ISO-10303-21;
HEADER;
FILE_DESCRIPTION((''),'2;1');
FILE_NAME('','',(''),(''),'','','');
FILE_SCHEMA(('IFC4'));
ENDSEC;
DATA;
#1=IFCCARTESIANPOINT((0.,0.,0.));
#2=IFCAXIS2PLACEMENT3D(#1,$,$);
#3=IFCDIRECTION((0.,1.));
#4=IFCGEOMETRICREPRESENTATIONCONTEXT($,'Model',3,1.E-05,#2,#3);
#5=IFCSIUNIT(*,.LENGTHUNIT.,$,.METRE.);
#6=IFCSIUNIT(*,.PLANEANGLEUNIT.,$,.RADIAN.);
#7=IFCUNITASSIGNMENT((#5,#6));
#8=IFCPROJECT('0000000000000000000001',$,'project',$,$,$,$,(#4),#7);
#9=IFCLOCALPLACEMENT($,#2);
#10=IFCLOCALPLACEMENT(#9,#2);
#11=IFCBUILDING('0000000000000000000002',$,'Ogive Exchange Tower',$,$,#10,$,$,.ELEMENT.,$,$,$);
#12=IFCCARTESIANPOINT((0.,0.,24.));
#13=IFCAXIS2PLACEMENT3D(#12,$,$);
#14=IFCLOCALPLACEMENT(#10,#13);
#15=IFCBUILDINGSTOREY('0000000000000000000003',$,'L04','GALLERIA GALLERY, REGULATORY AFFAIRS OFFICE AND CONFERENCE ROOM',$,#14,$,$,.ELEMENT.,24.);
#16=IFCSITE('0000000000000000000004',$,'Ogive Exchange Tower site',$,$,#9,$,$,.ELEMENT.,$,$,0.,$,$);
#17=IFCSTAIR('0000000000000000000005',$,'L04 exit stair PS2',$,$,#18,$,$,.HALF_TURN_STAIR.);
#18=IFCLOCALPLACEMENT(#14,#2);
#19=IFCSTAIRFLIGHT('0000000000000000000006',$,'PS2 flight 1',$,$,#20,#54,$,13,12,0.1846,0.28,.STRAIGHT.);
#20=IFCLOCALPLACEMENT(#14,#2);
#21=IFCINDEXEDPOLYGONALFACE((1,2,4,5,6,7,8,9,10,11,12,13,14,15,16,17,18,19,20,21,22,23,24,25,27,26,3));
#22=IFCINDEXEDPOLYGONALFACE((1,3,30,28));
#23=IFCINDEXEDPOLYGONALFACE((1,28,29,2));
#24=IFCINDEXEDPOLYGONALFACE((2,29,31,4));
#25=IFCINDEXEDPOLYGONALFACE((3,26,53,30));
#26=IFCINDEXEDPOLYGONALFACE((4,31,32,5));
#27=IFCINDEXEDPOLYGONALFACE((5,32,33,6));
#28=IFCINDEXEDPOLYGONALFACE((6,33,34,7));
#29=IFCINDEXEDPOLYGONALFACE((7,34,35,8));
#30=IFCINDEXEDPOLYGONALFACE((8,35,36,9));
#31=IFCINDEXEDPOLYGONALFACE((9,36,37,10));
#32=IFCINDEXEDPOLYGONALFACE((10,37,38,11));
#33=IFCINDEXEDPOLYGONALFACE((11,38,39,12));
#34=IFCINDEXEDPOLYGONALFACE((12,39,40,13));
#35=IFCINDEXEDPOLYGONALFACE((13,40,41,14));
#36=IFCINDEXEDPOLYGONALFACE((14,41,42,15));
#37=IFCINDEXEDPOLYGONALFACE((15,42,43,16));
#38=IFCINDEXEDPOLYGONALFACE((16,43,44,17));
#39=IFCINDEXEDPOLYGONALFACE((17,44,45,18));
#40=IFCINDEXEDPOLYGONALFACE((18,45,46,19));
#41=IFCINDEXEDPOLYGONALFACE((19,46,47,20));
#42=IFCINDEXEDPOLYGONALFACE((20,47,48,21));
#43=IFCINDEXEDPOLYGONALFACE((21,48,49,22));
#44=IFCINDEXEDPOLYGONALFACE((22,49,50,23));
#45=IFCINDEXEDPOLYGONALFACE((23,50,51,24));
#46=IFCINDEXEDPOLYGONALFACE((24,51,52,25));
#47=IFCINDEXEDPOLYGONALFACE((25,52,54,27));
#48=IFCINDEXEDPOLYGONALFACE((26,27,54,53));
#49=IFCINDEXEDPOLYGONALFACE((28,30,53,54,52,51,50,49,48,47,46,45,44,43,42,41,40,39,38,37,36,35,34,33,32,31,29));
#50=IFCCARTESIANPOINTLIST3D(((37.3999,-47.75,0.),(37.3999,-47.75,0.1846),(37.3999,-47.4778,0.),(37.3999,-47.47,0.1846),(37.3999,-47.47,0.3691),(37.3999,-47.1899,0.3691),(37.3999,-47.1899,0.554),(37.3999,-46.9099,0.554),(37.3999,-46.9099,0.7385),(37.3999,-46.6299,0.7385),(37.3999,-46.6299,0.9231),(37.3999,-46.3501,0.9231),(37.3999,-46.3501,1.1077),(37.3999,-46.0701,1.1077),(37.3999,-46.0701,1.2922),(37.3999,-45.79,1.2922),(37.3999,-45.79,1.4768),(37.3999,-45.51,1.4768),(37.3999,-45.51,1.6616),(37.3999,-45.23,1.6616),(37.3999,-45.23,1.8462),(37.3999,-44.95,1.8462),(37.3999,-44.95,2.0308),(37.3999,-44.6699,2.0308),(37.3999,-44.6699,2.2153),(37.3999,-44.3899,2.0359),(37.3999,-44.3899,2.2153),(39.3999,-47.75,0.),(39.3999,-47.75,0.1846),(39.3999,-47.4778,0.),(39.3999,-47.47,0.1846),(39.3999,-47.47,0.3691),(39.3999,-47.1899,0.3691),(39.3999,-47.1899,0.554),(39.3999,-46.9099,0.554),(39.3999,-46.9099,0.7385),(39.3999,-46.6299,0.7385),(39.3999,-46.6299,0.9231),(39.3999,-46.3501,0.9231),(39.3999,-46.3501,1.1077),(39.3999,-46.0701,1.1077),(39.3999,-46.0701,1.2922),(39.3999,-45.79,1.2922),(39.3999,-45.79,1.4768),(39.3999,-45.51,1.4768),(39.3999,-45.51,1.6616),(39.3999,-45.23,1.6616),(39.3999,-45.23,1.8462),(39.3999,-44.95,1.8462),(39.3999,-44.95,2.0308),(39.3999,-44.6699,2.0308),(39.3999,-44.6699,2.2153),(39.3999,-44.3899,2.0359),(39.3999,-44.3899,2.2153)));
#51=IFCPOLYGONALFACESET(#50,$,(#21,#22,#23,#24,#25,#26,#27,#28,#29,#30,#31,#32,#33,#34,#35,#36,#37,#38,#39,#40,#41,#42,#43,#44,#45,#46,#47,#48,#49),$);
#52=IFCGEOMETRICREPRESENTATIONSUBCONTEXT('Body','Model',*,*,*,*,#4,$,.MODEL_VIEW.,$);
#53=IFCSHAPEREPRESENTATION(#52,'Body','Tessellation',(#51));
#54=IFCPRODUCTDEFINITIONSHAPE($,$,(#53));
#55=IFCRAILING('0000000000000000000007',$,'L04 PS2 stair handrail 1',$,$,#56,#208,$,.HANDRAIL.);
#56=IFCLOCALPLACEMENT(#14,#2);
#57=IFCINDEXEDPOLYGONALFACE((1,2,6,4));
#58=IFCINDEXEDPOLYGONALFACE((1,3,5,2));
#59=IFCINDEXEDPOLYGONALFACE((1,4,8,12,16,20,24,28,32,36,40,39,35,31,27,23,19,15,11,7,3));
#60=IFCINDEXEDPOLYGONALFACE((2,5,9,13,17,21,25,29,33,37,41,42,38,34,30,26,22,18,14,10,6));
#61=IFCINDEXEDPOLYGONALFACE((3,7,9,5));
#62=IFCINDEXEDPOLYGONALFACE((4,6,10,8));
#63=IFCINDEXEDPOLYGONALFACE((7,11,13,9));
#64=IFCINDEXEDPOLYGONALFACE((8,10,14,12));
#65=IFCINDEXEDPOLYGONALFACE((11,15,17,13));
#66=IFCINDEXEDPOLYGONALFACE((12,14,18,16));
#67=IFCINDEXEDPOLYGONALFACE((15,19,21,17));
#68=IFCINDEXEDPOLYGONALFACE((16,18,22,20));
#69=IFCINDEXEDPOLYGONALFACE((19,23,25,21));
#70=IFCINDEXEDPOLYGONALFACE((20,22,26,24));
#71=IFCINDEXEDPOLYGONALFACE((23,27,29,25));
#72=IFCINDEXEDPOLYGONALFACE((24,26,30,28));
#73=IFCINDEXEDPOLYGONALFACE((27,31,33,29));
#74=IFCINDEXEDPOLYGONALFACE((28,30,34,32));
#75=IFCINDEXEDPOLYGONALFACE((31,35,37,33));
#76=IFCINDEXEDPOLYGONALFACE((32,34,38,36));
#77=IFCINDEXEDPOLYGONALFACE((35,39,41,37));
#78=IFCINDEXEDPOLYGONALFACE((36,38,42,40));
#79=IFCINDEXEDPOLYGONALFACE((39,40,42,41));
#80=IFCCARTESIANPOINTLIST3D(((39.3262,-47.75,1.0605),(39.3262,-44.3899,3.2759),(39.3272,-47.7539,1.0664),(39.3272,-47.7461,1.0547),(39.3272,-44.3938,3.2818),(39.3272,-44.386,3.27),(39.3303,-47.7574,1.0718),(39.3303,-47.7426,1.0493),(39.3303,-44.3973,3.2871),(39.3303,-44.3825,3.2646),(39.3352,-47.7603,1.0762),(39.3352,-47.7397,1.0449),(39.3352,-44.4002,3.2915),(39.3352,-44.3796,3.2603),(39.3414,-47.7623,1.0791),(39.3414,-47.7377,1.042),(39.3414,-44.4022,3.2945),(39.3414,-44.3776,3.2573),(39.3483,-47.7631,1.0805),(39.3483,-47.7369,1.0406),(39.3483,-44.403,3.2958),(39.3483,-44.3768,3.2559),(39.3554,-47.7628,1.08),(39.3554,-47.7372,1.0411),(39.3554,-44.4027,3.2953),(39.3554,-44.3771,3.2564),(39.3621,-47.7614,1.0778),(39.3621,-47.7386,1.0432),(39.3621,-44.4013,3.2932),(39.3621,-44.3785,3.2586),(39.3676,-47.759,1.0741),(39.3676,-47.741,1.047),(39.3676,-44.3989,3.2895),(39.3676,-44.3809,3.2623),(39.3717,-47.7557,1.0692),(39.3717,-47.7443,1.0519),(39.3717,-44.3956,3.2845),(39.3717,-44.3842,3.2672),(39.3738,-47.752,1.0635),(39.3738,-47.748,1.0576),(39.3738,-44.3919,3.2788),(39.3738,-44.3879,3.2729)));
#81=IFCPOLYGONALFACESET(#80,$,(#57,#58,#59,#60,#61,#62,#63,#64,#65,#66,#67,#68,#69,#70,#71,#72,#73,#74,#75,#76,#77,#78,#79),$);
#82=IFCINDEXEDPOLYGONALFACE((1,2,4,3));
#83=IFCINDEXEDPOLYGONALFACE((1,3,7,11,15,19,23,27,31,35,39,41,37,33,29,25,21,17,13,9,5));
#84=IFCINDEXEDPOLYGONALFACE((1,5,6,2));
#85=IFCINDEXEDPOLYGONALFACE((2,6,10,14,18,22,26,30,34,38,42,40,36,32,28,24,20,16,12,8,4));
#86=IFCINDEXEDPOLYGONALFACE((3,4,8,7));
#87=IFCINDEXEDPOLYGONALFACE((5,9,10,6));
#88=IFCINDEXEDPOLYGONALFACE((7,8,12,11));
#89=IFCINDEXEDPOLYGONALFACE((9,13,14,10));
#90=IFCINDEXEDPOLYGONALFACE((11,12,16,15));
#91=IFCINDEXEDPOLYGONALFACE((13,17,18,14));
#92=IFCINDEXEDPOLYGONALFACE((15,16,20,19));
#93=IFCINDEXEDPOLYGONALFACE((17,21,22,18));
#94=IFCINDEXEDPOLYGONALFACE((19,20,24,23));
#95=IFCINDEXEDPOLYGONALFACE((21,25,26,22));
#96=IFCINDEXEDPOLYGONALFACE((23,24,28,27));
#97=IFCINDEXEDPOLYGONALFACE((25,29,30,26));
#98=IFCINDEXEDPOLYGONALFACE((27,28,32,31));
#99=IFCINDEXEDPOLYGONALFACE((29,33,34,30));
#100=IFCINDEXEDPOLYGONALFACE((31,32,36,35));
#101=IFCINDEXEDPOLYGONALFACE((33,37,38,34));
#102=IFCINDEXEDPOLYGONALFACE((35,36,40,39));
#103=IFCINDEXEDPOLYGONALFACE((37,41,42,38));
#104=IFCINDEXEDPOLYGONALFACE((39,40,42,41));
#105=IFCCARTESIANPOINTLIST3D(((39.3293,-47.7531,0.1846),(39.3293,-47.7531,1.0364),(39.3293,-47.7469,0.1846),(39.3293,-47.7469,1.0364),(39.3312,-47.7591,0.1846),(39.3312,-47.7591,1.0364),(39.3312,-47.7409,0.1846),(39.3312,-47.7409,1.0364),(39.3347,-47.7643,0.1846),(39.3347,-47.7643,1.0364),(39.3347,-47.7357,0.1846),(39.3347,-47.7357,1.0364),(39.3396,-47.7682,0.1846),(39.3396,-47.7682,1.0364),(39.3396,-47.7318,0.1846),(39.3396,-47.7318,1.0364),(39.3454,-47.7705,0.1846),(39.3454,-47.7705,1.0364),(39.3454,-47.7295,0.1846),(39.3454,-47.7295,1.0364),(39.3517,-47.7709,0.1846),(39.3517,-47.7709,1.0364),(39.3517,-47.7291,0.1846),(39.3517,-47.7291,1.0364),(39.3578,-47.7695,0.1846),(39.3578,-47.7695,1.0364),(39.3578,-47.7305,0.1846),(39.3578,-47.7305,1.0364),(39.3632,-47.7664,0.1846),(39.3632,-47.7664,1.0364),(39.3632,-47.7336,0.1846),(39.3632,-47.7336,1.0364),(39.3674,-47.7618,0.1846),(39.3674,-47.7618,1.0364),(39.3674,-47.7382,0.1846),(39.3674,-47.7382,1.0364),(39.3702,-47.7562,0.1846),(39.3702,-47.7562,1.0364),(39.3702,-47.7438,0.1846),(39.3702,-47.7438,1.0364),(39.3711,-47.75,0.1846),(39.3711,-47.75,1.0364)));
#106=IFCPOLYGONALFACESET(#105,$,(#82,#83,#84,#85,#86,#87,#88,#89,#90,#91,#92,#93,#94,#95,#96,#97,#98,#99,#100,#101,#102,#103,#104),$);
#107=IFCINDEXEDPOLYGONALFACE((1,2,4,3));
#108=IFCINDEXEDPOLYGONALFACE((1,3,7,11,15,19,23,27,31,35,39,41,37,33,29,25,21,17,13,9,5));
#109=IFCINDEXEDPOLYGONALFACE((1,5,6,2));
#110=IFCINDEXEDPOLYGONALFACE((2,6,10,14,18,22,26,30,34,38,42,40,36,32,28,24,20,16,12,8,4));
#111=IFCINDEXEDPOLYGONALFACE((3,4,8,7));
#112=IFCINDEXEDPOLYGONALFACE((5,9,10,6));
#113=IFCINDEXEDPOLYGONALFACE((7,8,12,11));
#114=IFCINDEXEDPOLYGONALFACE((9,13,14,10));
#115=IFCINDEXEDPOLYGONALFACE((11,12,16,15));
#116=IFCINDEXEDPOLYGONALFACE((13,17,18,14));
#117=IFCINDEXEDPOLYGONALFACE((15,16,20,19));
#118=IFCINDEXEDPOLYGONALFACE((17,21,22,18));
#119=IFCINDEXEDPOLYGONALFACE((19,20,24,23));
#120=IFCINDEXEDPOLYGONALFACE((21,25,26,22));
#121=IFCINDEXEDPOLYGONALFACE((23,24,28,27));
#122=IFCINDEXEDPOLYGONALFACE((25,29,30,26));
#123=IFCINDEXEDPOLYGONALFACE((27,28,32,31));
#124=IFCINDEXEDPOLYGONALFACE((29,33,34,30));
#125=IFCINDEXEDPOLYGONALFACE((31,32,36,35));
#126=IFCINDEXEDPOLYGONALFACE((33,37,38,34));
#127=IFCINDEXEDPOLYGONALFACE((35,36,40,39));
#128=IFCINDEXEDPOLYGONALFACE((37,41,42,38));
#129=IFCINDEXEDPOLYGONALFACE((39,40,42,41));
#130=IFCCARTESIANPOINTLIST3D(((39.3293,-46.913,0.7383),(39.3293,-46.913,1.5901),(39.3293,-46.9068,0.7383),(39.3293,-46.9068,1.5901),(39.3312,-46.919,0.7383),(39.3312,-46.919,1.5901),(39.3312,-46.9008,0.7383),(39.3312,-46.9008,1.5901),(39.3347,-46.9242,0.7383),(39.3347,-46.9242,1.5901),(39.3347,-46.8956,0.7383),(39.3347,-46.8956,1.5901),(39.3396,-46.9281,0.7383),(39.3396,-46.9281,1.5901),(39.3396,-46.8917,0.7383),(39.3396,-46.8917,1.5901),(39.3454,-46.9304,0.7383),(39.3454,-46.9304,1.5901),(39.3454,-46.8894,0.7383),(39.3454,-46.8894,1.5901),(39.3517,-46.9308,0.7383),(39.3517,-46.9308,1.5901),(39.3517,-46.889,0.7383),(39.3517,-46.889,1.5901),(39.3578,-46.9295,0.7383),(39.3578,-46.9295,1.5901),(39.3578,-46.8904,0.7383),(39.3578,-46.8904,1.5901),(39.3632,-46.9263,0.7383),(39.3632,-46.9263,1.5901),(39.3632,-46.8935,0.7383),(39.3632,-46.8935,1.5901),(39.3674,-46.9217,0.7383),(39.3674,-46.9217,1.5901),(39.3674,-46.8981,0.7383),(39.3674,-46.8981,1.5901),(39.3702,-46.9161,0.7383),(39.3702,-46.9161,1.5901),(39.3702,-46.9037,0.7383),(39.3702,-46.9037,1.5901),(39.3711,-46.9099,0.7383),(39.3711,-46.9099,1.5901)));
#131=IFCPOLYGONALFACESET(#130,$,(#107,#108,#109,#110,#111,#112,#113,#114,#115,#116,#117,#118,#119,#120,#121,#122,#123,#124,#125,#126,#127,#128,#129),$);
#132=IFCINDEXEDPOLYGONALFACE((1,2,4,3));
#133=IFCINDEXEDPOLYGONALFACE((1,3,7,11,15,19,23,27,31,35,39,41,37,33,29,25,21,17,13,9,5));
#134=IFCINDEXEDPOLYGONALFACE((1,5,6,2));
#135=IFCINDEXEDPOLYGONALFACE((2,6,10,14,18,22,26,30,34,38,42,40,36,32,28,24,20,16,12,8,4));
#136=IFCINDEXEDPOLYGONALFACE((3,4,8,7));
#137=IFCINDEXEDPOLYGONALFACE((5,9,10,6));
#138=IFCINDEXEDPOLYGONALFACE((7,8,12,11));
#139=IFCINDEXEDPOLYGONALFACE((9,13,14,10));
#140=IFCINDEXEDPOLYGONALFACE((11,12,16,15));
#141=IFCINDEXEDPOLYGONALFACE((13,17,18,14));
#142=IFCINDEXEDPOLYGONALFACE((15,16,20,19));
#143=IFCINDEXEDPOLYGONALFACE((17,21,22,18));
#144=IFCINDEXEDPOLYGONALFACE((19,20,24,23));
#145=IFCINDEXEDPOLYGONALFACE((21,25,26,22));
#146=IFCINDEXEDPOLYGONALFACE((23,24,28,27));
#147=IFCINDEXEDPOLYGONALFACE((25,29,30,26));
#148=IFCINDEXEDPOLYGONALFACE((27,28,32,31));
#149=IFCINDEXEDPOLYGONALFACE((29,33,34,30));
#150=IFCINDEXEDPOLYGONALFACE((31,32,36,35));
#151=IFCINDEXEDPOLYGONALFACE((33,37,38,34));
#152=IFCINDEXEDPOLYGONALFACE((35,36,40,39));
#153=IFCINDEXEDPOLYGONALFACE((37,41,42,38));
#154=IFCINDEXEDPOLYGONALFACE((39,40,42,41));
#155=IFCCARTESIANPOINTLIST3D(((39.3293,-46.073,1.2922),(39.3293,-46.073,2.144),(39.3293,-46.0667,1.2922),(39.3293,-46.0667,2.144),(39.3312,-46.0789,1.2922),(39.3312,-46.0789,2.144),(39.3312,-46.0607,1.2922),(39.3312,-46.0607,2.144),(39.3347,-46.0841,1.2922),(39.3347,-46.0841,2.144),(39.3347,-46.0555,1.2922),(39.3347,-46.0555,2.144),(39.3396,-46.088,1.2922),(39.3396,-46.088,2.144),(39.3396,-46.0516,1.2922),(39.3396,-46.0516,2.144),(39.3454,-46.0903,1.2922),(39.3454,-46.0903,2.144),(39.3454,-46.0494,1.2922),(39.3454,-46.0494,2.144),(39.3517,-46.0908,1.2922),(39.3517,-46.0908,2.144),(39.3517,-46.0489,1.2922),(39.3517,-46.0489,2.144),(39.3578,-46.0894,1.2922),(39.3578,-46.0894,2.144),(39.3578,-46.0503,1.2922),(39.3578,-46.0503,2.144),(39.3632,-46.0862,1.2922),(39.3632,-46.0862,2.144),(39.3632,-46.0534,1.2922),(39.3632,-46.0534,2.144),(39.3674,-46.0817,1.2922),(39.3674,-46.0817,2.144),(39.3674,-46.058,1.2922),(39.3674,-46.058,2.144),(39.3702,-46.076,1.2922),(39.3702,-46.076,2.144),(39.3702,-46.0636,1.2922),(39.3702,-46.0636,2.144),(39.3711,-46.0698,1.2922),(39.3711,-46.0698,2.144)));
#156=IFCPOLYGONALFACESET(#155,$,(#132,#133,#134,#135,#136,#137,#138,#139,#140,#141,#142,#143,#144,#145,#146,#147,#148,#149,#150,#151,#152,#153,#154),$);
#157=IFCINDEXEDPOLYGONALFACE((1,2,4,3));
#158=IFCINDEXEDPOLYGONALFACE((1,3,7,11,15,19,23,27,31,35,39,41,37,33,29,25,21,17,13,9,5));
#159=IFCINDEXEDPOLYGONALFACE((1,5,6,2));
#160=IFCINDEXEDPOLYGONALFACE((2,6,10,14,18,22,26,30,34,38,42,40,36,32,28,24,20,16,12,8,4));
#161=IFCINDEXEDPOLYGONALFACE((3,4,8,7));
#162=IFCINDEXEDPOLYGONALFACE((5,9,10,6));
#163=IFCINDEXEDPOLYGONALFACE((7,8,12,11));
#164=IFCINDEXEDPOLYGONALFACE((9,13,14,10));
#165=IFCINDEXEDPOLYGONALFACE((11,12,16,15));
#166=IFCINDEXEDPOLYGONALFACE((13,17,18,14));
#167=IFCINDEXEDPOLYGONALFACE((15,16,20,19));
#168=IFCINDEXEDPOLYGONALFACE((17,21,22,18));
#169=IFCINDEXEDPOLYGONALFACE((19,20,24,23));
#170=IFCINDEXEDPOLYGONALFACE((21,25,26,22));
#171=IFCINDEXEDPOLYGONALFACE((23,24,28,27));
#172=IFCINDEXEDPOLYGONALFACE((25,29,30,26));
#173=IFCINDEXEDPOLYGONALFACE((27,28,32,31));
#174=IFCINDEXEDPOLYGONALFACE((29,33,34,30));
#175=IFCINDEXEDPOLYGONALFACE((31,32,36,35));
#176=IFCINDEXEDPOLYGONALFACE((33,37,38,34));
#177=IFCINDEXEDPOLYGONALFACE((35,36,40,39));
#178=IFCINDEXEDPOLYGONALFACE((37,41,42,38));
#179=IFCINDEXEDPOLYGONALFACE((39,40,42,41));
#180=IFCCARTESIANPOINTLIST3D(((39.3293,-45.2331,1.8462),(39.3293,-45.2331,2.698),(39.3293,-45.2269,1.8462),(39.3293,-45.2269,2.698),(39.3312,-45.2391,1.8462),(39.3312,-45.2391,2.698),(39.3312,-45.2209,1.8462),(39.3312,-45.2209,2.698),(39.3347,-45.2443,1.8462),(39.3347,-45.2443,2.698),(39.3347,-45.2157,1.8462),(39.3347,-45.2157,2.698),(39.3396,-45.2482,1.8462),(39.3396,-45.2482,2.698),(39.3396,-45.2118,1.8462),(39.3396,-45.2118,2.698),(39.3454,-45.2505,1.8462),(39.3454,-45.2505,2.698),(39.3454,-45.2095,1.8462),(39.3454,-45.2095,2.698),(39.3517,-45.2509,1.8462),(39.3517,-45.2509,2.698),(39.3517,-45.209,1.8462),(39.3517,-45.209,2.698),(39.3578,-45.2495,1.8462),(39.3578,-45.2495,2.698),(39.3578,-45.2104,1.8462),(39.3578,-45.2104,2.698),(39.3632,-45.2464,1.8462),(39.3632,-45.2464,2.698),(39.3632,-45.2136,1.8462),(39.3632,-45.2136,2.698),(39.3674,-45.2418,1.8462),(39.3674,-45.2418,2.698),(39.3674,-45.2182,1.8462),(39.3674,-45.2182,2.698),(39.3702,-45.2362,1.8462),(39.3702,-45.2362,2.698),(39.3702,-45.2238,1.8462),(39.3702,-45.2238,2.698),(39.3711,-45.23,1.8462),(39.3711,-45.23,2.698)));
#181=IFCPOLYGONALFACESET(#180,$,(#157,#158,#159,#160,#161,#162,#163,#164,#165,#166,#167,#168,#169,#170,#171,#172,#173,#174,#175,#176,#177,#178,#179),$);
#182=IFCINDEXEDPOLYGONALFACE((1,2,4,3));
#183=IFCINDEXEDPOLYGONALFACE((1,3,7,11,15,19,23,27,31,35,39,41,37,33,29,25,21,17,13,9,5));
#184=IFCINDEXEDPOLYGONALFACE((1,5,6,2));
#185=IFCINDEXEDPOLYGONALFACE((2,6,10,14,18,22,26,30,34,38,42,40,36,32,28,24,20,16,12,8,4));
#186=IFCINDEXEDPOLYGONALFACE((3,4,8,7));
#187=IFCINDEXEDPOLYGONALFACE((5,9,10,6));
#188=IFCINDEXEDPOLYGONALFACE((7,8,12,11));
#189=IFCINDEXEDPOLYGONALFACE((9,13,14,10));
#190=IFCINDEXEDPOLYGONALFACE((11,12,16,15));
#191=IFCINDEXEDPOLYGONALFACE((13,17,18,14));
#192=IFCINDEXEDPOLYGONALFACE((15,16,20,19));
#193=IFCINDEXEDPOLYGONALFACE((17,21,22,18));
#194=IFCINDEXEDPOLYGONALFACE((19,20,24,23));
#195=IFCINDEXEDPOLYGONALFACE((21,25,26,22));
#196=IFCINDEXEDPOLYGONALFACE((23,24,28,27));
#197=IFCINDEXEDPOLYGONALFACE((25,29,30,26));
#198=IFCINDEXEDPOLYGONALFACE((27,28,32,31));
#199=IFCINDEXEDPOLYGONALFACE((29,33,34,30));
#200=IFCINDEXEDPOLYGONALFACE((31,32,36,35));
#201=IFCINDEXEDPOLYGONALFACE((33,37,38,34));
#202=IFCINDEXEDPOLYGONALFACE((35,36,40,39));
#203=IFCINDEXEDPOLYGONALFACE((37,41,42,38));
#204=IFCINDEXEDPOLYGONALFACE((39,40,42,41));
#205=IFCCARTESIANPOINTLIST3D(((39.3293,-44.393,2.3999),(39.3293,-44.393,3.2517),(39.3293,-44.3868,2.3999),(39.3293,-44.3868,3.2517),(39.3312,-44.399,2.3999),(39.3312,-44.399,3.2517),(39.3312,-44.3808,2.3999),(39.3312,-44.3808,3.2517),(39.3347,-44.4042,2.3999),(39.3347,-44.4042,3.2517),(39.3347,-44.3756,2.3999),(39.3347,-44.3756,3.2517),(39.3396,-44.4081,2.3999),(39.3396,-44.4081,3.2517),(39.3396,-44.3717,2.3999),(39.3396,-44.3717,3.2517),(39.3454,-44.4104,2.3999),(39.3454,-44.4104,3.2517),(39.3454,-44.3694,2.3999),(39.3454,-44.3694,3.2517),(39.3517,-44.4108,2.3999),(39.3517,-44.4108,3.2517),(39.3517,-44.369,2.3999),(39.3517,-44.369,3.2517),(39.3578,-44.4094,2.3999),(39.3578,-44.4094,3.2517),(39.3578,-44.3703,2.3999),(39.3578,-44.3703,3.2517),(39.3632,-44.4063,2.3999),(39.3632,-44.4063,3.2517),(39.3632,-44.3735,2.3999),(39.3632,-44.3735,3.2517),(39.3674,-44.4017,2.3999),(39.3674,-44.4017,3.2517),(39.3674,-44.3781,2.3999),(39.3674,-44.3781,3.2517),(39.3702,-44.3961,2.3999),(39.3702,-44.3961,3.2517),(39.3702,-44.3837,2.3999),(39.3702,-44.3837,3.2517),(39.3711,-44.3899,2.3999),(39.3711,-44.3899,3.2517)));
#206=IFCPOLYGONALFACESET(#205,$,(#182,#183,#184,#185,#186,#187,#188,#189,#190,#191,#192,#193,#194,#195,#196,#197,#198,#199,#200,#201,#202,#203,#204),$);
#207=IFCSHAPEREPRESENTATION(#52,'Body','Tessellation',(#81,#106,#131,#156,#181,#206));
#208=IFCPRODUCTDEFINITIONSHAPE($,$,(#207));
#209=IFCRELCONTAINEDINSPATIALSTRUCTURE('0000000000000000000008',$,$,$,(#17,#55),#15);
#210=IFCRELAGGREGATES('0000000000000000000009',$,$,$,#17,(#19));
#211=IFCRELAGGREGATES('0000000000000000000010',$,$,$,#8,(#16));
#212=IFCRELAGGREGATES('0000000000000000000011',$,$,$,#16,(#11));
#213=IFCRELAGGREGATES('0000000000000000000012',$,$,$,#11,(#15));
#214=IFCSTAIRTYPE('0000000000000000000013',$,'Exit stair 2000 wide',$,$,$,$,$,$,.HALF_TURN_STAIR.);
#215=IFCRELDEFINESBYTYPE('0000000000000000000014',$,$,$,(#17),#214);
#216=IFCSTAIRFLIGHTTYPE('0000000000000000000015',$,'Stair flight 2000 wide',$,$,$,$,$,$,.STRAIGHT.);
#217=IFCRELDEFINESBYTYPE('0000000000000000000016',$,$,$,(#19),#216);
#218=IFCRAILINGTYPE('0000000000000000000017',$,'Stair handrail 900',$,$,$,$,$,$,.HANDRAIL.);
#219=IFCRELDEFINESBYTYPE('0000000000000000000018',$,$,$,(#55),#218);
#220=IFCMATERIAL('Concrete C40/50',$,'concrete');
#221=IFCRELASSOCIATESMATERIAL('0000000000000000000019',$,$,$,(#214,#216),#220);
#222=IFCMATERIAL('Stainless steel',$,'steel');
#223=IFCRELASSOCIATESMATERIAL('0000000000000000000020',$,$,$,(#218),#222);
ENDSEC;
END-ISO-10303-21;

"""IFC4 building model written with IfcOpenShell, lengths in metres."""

from ifc_helpers import new_model, si_unit, direction, frame, origin, origin_2d, place, context, subcontext, project, spatial, polyline, circle, outline, extrude, material, type_object, element, aggregate, save


model = new_model("IFC4")

# Units and contexts
model_context = context("Model", 3, precision=1e-05, world=origin(), true_north=direction((0.0, 1.0)))
body_context = subcontext(model_context, "Body", "Model", "MODEL_VIEW")
ifc_project = project(units=[si_unit("LENGTHUNIT", "METRE"), si_unit("PLANEANGLEUNIT", "RADIAN")], contexts=[model_context])

# Site, building, storey
site_placement = place(None, origin())
site = spatial("IfcSite", under=ifc_project, at=site_placement, Name="Ogive Exchange Tower site", CompositionType="ELEMENT", RefElevation=0.0)
building_placement = place(site_placement, origin())
building = spatial("IfcBuilding", under=site, at=building_placement, Name="Ogive Exchange Tower", CompositionType="ELEMENT")
storey_placement = place(building_placement, frame((0.0, 0.0, 24.0)))
storey = spatial("IfcBuildingStorey", under=building, at=storey_placement, Name="L04", Description="GALLERIA GALLERY, REGULATORY AFFAIRS OFFICE AND CONFERENCE ROOM", CompositionType="ELEMENT", Elevation=24.0)

# Stair, stair flight
ifc_material_1 = material(Name="Concrete C40/50", Category="concrete")
stair_type = type_object("IfcStairType", Name="Exit stair 2000 wide", PredefinedType="HALF_TURN_STAIR", material=ifc_material_1)
stair_placement = place(storey_placement, origin())
stair = element("IfcStair", 1, at=stair_placement, inside=storey, type_object=stair_type, Name="L04 exit stair PS2", PredefinedType="HALF_TURN_STAIR")
stair_flight_type = type_object("IfcStairFlightType", Name="Stair flight 2000 wide", PredefinedType="STRAIGHT", material=ifc_material_1)
stair_flight_placement = place(storey_placement, frame((38.3999, -47.75, 0.0), z_axis=(0.0, 0.0, 1.0), x_axis=(0.0, 1.0, 0.0)))
stair_flight = element("IfcStairFlight", 2, at=stair_flight_placement, type_object=stair_flight_type, Name="PS2 flight 1", NumberOfRisers=13, NumberOfTreads=12, PredefinedType="STRAIGHT", RiserHeight=0.1846, TreadLength=0.28, context=body_context, shape_type="SweptSolid", body=[
    extrude(outline(polyline([(0.0, 0.0), (0.0, 0.1846), (0.28, 0.1846), (0.28, 0.3691), (0.5601, 0.3691), (0.5601, 0.554), (0.8401, 0.554), (0.8401, 0.7385), (1.1201, 0.7385), (1.1201, 0.9231), (1.3999, 0.9231), (1.3999, 1.1077), (1.6799, 1.1077), (1.6799, 1.2922), (1.96, 1.2922), (1.96, 1.4768), (2.24, 1.4768), (2.24, 1.6616), (2.52, 1.6616), (2.52, 1.8462), (2.8, 1.8462), (2.8, 2.0308), (3.0801, 2.0308), (3.0801, 2.2153), (3.3601, 2.2153), (3.3601, 2.3999), (3.3601, 2.0359), (0.2722, 0.0), (0.0, 0.0)])), frame((0.0, 1.0, 0.0), z_axis=(0.0, -1.0, 0.0), x_axis=(1.0, 0.0, 0.0)), (0.0, 0.0, 1.0), 2.0),
])
aggregate(stair, [stair_flight])

# Railing
ifc_material_2 = material(Name="Stainless steel", Category="steel")
railing_type = type_object("IfcRailingType", Name="Stair handrail 900", PredefinedType="HANDRAIL", material=ifc_material_2)
railing_placement = place(storey_placement, frame((39.3501, -47.75, 0.1846)))
element("IfcRailing", 3, at=railing_placement, inside=storey, type_object=railing_type, Name="L04 PS2 stair handrail 1", PredefinedType="HANDRAIL", context=body_context, shape_type="SweptSolid", body=[
    extrude(circle(Radius=0.0239, at=origin_2d()), frame((0.0, 0.0, 0.876), z_axis=(0.0, 0.834876, 0.550437), x_axis=(-1.0, 0.0, 0.0)), (0.0, 0.0, 1.0), 4.0247),
    extrude(circle(Radius=0.021, at=origin_2d()), origin(), (0.0, 0.0, 1.0), 0.8518),
    extrude(circle(Radius=0.021, at=origin_2d()), frame((0.0, 0.8401, 0.5537)), (0.0, 0.0, 1.0), 0.8518),
    extrude(circle(Radius=0.021, at=origin_2d()), frame((0.0, 1.6802, 1.1077)), (0.0, 0.0, 1.0), 0.8518),
    extrude(circle(Radius=0.021, at=origin_2d()), frame((0.0, 2.52, 1.6616)), (0.0, 0.0, 1.0), 0.8518),
    extrude(circle(Radius=0.021, at=origin_2d()), frame((0.0, 3.3601, 2.2153)), (0.0, 0.0, 1.0), 0.8518),
])

save(model, "model.ifc")
